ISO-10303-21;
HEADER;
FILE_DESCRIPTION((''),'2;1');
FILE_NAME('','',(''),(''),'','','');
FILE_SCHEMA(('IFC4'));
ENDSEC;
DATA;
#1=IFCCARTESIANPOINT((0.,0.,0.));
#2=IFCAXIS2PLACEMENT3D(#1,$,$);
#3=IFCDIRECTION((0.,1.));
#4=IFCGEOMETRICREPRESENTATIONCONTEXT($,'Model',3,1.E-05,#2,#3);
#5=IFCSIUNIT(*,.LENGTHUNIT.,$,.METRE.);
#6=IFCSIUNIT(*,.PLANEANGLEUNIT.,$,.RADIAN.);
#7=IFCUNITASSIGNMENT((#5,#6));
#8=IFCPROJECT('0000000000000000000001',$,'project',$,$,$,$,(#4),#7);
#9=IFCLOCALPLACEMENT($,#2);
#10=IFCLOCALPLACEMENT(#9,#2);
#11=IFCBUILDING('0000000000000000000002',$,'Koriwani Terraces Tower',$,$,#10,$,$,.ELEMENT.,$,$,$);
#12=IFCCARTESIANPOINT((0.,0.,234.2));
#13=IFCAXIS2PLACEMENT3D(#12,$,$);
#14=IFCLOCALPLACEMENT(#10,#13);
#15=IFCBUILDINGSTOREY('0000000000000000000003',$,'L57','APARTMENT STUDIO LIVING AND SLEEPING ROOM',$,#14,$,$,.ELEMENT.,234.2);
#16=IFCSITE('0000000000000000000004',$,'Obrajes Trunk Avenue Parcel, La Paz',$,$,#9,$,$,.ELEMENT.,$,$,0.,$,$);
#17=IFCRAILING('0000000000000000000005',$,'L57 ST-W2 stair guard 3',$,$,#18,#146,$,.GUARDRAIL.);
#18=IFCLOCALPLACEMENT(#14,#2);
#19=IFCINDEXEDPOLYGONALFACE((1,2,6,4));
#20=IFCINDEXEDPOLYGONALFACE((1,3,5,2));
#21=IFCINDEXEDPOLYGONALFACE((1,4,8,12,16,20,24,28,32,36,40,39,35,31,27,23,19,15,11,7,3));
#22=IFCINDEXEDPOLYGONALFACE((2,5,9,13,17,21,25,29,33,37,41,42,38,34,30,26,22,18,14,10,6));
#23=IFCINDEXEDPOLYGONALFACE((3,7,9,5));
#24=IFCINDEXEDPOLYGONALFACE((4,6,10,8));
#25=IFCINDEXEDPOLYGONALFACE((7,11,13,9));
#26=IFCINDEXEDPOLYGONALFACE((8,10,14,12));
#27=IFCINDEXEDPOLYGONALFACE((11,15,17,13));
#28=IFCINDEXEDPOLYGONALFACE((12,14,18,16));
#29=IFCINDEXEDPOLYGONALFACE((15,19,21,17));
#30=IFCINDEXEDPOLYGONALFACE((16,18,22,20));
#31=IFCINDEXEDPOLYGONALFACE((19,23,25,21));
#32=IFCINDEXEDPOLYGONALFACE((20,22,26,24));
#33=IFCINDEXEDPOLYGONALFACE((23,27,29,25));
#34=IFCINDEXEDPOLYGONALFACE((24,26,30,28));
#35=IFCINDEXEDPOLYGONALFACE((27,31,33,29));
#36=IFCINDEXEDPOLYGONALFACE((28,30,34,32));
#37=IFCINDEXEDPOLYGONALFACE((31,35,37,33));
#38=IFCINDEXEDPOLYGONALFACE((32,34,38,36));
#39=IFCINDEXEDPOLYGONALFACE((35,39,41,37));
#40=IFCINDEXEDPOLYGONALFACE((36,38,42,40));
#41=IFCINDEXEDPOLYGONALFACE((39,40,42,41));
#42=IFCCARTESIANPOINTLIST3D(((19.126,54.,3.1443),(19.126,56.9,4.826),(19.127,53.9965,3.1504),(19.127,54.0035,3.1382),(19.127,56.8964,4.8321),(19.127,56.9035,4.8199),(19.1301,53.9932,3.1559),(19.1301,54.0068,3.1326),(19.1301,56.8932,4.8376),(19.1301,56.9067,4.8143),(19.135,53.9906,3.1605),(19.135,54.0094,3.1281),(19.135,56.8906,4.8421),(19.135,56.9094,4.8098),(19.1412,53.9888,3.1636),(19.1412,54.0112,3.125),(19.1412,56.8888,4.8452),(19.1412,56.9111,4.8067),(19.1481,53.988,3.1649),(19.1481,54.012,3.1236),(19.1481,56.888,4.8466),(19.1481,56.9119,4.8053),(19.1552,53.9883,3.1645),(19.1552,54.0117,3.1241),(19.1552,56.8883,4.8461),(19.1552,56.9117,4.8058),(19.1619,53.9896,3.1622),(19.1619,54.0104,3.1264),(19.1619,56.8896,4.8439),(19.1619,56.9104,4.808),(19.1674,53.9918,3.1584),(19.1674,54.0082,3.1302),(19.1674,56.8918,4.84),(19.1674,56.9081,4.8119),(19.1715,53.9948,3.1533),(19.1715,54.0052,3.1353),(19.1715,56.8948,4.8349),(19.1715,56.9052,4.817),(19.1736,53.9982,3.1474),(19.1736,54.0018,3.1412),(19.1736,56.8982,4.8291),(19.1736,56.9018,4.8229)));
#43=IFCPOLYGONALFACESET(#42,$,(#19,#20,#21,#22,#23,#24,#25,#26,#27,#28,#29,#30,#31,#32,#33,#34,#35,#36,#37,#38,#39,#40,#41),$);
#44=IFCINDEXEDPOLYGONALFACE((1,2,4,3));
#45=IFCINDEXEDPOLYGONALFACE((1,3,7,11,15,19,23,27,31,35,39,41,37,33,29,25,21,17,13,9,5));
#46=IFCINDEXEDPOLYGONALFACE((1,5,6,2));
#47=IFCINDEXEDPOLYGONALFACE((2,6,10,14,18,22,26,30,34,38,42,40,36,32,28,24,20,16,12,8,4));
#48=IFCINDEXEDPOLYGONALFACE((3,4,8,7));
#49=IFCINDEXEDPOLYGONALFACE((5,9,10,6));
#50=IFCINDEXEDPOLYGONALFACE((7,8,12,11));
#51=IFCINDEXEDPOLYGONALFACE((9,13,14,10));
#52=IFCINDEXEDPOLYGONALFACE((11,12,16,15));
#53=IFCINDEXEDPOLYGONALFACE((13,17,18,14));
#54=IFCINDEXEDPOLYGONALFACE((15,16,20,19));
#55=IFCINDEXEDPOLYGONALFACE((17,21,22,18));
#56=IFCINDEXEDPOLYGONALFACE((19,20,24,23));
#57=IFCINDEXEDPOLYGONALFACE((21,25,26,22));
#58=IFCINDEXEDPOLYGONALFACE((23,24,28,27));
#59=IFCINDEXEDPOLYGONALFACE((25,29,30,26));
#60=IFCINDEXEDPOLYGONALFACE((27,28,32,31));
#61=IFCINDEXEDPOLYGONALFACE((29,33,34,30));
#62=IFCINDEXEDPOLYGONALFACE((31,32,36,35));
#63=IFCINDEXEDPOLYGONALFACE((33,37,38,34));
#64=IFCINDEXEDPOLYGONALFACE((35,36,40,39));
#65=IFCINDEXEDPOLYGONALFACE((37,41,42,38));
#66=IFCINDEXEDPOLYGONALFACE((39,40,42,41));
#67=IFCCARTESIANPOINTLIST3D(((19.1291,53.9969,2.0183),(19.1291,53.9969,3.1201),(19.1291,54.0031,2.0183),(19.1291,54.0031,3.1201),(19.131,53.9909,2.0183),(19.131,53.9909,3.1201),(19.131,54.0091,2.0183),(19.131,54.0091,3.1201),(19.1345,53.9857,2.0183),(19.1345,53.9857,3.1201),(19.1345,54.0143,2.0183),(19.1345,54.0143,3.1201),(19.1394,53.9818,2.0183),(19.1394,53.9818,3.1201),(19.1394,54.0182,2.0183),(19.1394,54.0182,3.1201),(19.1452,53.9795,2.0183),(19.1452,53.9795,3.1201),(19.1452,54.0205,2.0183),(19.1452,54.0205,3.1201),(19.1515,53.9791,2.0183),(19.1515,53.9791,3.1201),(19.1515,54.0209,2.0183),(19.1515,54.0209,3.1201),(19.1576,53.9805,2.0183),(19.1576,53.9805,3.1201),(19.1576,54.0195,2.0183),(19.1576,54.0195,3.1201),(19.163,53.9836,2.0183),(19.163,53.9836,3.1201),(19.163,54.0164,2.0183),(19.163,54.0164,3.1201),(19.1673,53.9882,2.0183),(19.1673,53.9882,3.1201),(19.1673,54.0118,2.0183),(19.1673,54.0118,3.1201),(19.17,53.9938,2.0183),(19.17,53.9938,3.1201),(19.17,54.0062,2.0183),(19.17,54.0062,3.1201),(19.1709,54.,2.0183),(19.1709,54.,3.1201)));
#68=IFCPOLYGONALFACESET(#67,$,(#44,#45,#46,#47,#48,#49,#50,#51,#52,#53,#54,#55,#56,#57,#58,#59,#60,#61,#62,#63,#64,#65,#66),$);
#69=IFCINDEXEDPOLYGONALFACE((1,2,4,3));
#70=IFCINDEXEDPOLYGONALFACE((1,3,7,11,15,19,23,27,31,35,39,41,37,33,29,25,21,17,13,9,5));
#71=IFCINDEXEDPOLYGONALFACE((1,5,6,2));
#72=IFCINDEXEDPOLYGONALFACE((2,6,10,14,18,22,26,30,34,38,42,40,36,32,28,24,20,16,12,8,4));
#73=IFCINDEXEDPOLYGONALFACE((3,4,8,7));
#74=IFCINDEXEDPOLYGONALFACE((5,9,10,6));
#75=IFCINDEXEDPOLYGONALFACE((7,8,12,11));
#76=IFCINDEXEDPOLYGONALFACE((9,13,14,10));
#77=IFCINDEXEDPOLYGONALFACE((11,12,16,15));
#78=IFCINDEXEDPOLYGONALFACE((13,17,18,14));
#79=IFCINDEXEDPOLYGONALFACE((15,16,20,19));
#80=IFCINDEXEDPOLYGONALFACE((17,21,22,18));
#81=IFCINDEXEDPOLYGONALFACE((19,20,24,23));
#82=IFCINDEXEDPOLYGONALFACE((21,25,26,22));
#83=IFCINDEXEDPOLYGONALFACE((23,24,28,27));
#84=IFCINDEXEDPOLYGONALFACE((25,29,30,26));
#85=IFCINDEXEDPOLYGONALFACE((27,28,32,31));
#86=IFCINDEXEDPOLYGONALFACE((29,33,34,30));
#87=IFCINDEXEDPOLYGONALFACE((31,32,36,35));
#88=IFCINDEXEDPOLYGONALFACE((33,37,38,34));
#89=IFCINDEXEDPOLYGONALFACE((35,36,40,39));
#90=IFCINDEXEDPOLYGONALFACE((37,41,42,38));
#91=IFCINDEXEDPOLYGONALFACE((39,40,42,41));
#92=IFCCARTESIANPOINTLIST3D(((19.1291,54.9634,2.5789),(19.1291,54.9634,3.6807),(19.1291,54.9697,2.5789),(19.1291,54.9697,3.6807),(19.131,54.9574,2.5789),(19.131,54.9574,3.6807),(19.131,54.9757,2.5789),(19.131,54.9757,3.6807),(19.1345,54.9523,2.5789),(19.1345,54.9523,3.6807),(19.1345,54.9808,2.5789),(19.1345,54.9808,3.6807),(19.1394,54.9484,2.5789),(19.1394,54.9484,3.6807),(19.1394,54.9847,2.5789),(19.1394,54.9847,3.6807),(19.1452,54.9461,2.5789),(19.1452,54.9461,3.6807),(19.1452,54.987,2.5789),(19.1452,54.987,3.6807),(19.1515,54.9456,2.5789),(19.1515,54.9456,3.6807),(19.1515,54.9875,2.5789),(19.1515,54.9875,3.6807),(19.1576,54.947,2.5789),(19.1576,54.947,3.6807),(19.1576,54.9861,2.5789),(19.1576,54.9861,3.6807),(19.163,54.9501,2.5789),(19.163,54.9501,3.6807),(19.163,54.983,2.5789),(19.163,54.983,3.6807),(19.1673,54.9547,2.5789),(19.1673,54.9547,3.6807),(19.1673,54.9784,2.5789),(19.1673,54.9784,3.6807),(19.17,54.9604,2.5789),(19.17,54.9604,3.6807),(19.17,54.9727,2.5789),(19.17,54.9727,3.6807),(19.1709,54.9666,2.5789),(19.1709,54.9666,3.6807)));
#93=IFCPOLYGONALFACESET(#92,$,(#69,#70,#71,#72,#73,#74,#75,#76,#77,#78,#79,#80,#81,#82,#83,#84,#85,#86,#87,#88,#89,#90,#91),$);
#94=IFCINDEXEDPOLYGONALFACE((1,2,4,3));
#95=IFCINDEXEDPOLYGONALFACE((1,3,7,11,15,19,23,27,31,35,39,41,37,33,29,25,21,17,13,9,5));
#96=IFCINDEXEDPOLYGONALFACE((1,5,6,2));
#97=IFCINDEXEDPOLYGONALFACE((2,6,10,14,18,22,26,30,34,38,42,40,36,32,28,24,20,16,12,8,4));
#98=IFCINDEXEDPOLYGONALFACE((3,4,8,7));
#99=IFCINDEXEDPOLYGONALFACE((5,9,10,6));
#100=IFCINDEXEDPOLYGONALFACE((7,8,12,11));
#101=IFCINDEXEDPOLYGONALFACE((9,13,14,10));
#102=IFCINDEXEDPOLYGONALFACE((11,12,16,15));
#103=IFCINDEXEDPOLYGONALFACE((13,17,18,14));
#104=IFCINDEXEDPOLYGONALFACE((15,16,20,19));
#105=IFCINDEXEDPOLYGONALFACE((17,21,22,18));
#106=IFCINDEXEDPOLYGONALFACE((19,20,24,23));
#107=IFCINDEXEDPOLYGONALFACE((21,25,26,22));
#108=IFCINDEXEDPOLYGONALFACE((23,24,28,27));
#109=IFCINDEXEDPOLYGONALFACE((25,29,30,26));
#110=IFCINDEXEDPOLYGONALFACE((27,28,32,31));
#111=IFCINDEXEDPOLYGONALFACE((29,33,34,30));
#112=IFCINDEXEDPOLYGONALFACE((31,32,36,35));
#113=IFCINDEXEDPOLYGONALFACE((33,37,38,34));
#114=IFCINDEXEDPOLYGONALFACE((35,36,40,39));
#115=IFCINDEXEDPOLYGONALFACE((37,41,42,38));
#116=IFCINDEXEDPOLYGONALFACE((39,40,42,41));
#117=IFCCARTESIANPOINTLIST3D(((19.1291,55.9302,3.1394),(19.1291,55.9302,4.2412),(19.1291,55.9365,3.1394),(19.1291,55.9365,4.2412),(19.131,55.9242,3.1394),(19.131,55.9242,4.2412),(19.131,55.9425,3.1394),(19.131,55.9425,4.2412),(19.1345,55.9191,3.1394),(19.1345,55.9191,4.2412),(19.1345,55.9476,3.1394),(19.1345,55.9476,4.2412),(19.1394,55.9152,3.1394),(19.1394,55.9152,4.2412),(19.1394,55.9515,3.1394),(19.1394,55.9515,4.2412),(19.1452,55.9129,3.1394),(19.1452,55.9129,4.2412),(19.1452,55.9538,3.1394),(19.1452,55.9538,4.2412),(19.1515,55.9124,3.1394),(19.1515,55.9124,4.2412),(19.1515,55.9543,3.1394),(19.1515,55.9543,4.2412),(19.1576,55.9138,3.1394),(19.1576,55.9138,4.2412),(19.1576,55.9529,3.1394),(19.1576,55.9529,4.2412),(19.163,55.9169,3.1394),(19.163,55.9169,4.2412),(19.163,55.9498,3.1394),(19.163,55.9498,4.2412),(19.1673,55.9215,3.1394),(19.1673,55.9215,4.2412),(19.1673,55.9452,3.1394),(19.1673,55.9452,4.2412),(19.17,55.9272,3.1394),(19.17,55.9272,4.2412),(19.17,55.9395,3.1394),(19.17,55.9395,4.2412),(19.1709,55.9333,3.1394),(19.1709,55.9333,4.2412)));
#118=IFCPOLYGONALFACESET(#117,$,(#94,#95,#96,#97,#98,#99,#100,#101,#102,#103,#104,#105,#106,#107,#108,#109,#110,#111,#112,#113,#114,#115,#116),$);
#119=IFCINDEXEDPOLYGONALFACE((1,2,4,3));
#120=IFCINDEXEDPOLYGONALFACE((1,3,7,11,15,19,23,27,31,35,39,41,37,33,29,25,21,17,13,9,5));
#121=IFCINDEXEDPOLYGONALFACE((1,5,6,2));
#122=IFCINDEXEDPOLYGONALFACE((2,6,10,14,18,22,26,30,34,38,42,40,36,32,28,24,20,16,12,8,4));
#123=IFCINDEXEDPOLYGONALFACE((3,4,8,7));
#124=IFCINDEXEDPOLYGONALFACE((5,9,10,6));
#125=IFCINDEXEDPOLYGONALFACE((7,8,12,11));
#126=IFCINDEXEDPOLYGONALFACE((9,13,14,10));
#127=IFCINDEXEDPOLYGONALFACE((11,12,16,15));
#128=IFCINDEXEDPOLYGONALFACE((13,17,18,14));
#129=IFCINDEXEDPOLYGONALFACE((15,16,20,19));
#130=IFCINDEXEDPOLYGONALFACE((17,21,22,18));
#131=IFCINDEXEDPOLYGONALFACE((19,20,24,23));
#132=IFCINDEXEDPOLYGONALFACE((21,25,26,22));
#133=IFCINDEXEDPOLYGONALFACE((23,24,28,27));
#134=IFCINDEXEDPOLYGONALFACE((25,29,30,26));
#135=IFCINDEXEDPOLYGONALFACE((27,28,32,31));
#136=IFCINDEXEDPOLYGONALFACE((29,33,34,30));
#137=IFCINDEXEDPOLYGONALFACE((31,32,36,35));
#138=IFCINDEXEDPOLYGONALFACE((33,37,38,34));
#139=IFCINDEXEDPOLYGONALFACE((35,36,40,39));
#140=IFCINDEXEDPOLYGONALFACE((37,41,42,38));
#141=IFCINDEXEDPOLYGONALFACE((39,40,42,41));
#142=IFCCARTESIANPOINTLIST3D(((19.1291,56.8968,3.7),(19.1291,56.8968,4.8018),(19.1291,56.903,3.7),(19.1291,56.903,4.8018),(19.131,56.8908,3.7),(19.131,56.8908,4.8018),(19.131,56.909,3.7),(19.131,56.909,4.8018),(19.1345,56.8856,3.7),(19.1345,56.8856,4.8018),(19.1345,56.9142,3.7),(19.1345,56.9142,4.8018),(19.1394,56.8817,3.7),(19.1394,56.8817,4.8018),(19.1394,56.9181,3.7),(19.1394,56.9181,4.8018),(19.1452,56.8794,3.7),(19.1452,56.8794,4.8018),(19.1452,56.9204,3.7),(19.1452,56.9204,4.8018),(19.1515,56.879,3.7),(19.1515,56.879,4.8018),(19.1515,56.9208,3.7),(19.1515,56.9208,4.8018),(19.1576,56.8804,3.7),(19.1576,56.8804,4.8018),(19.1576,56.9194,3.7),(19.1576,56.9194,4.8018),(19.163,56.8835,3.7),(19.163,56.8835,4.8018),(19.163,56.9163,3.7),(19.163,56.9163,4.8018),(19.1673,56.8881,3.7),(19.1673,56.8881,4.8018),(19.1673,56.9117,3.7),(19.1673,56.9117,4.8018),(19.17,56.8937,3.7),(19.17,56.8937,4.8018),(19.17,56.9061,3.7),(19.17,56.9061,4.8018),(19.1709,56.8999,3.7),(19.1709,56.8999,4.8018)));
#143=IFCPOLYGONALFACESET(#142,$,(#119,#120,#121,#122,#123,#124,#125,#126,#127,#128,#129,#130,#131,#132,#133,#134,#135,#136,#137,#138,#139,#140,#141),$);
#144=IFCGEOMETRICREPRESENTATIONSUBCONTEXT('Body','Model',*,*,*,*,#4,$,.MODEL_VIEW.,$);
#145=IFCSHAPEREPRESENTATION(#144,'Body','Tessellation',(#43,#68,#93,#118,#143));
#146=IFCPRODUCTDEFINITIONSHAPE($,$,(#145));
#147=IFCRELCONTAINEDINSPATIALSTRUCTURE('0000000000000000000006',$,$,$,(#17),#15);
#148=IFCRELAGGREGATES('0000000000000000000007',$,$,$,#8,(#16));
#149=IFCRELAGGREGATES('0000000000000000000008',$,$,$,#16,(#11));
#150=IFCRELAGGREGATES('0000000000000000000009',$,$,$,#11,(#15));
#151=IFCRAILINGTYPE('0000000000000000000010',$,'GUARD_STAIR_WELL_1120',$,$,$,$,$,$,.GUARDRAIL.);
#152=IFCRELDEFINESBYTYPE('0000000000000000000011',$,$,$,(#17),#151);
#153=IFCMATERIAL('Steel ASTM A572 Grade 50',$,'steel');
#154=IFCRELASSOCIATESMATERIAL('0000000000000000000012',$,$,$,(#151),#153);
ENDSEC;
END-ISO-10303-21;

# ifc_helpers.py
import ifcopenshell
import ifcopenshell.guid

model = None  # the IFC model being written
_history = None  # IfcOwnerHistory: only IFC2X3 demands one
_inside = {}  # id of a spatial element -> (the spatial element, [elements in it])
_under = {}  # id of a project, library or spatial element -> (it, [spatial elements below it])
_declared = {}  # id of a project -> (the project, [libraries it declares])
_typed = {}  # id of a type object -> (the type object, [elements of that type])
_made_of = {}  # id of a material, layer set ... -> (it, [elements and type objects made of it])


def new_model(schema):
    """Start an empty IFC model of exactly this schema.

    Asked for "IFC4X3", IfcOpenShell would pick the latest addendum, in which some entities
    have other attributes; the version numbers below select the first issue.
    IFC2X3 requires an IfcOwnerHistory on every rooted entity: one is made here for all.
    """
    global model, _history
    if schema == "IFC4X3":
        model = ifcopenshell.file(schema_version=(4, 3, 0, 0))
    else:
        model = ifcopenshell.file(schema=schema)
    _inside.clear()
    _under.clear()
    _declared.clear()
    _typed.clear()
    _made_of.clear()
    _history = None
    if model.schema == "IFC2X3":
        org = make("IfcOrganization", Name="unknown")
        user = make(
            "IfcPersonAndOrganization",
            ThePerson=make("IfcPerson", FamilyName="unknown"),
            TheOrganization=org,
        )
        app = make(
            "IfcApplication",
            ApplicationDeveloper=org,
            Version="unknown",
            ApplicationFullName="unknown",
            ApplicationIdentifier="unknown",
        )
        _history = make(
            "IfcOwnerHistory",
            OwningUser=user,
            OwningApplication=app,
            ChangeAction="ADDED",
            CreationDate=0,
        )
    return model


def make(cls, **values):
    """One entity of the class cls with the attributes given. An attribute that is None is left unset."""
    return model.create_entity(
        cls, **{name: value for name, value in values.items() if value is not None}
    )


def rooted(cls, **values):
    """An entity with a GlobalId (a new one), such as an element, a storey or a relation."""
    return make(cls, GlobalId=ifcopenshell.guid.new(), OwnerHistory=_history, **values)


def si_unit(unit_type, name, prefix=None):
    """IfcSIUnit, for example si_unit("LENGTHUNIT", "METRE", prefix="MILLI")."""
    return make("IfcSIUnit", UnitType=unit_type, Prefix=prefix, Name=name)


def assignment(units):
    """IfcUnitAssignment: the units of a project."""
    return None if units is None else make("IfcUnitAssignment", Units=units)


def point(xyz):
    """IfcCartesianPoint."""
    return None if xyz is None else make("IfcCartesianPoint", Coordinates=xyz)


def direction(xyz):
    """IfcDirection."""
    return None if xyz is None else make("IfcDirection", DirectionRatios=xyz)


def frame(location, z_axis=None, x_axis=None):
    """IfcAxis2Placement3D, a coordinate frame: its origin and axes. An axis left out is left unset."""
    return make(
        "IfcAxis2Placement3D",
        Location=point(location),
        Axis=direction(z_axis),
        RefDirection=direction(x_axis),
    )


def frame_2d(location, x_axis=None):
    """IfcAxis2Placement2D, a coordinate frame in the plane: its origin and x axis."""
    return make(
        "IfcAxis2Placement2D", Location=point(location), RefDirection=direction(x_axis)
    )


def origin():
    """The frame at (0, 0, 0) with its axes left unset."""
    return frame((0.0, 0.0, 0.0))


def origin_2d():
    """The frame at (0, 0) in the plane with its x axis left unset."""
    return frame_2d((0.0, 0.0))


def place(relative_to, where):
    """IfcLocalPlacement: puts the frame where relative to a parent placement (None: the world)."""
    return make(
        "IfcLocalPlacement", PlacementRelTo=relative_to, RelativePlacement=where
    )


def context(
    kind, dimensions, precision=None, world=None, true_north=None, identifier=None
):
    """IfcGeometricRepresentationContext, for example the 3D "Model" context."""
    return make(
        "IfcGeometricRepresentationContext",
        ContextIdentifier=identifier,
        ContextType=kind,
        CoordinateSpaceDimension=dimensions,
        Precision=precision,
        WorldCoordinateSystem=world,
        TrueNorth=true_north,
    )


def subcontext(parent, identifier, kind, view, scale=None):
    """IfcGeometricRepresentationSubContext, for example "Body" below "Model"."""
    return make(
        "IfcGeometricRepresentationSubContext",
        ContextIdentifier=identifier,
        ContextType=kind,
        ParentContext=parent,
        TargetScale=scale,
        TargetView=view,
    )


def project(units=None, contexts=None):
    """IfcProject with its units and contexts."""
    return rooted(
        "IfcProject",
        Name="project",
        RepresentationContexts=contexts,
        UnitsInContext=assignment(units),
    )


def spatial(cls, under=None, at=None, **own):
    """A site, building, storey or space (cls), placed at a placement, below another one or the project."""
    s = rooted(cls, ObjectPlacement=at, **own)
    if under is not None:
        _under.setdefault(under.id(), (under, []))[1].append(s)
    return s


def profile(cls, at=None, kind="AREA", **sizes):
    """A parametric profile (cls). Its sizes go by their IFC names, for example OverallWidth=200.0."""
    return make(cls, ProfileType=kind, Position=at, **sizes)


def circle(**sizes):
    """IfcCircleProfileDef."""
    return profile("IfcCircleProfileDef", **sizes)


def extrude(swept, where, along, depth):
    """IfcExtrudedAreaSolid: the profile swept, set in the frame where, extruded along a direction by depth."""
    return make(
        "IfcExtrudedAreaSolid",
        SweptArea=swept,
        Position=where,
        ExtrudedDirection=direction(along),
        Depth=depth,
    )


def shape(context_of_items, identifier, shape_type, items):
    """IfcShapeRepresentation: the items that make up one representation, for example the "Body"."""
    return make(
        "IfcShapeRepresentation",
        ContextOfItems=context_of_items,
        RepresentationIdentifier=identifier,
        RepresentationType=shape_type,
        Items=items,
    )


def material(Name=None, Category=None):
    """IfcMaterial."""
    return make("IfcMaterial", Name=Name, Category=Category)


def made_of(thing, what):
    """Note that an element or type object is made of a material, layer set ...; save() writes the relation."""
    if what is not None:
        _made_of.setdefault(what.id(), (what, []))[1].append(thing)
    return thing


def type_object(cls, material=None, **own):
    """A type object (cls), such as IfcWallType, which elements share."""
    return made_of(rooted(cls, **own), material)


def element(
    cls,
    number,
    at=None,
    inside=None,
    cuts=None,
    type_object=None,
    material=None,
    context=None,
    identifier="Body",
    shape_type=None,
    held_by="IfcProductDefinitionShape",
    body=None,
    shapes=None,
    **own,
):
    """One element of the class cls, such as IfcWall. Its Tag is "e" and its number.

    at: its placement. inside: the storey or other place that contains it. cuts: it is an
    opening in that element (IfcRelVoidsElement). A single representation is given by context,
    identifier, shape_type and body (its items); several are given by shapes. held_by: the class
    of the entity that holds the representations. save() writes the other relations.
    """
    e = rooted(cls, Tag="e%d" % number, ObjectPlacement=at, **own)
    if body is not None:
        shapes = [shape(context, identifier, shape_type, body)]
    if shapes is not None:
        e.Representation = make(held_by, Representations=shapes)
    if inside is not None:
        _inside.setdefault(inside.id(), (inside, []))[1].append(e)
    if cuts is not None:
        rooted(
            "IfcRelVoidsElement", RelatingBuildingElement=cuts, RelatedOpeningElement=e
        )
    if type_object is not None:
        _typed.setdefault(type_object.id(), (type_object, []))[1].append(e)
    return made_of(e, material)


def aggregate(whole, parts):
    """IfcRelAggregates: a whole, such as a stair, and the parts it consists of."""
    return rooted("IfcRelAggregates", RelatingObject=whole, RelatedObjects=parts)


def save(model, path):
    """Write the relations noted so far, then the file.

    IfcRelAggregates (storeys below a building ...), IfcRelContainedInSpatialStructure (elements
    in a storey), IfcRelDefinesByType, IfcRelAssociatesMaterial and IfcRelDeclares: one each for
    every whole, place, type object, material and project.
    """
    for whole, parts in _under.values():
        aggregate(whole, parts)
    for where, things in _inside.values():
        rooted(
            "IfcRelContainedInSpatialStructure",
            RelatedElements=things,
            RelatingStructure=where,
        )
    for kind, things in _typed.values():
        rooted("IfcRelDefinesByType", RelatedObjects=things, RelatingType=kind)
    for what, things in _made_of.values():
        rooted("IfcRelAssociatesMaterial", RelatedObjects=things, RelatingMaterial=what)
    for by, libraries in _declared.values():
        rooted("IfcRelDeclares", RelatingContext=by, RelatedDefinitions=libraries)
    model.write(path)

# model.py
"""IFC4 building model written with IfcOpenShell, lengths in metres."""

from ifc_helpers import new_model, si_unit, direction, frame, origin, origin_2d, place, context, subcontext, project, spatial, circle, extrude, material, type_object, element, save


model = new_model("IFC4")

# Units and contexts
model_context = context("Model", 3, precision=1e-05, world=origin(), true_north=direction((0.0, 1.0)))
body_context = subcontext(model_context, "Body", "Model", "MODEL_VIEW")
ifc_project = project(units=[si_unit("LENGTHUNIT", "METRE"), si_unit("PLANEANGLEUNIT", "RADIAN")], contexts=[model_context])

# Site, building, storey
site_placement = place(None, origin())
site = spatial("IfcSite", under=ifc_project, at=site_placement, Name="Obrajes Trunk Avenue Parcel, La Paz", CompositionType="ELEMENT", RefElevation=0.0)
building_placement = place(site_placement, origin())
building = spatial("IfcBuilding", under=site, at=building_placement, Name="Koriwani Terraces Tower", CompositionType="ELEMENT")
storey_placement = place(building_placement, frame((0.0, 0.0, 234.2)))
storey = spatial("IfcBuildingStorey", under=building, at=storey_placement, Name="L57", Description="APARTMENT STUDIO LIVING AND SLEEPING ROOM", CompositionType="ELEMENT", Elevation=234.2)

# Shared definitions
ifc_material_1 = material(Name="Steel ASTM A572 Grade 50", Category="steel")

# Railing
railing_type_1 = type_object("IfcRailingType", Name="GUARD_STAIR_WELL_1120", PredefinedType="GUARDRAIL", material=ifc_material_1)
railing_1_placement = place(storey_placement, frame((19.1499, 54.0, 2.0183)))
element("IfcRailing", 1, at=railing_1_placement, inside=storey, type_object=railing_type_1, Name="L57 ST-W2 stair guard 3", PredefinedType="GUARDRAIL", context=body_context, shape_type="SweptSolid", body=[
    extrude(circle(Radius=0.0239, at=origin_2d()), frame((0.0, 0.0, 1.126), z_axis=(0.0, 0.86507, 0.501651), x_axis=(-1.0, 0.0, 0.0)), (0.0, 0.0, 1.0), 3.3523),
    extrude(circle(Radius=0.021, at=origin_2d()), origin(), (0.0, 0.0, 1.0), 1.1018),
    extrude(circle(Radius=0.021, at=origin_2d()), frame((0.0, 0.9666, 0.5605)), (0.0, 0.0, 1.0), 1.1018),
    extrude(circle(Radius=0.021, at=origin_2d()), frame((0.0, 1.9333, 1.1211)), (0.0, 0.0, 1.0), 1.1018),
    extrude(circle(Radius=0.021, at=origin_2d()), frame((0.0, 2.8999, 1.6816)), (0.0, 0.0, 1.0), 1.1018),
])

save(model, "model.ifc")
